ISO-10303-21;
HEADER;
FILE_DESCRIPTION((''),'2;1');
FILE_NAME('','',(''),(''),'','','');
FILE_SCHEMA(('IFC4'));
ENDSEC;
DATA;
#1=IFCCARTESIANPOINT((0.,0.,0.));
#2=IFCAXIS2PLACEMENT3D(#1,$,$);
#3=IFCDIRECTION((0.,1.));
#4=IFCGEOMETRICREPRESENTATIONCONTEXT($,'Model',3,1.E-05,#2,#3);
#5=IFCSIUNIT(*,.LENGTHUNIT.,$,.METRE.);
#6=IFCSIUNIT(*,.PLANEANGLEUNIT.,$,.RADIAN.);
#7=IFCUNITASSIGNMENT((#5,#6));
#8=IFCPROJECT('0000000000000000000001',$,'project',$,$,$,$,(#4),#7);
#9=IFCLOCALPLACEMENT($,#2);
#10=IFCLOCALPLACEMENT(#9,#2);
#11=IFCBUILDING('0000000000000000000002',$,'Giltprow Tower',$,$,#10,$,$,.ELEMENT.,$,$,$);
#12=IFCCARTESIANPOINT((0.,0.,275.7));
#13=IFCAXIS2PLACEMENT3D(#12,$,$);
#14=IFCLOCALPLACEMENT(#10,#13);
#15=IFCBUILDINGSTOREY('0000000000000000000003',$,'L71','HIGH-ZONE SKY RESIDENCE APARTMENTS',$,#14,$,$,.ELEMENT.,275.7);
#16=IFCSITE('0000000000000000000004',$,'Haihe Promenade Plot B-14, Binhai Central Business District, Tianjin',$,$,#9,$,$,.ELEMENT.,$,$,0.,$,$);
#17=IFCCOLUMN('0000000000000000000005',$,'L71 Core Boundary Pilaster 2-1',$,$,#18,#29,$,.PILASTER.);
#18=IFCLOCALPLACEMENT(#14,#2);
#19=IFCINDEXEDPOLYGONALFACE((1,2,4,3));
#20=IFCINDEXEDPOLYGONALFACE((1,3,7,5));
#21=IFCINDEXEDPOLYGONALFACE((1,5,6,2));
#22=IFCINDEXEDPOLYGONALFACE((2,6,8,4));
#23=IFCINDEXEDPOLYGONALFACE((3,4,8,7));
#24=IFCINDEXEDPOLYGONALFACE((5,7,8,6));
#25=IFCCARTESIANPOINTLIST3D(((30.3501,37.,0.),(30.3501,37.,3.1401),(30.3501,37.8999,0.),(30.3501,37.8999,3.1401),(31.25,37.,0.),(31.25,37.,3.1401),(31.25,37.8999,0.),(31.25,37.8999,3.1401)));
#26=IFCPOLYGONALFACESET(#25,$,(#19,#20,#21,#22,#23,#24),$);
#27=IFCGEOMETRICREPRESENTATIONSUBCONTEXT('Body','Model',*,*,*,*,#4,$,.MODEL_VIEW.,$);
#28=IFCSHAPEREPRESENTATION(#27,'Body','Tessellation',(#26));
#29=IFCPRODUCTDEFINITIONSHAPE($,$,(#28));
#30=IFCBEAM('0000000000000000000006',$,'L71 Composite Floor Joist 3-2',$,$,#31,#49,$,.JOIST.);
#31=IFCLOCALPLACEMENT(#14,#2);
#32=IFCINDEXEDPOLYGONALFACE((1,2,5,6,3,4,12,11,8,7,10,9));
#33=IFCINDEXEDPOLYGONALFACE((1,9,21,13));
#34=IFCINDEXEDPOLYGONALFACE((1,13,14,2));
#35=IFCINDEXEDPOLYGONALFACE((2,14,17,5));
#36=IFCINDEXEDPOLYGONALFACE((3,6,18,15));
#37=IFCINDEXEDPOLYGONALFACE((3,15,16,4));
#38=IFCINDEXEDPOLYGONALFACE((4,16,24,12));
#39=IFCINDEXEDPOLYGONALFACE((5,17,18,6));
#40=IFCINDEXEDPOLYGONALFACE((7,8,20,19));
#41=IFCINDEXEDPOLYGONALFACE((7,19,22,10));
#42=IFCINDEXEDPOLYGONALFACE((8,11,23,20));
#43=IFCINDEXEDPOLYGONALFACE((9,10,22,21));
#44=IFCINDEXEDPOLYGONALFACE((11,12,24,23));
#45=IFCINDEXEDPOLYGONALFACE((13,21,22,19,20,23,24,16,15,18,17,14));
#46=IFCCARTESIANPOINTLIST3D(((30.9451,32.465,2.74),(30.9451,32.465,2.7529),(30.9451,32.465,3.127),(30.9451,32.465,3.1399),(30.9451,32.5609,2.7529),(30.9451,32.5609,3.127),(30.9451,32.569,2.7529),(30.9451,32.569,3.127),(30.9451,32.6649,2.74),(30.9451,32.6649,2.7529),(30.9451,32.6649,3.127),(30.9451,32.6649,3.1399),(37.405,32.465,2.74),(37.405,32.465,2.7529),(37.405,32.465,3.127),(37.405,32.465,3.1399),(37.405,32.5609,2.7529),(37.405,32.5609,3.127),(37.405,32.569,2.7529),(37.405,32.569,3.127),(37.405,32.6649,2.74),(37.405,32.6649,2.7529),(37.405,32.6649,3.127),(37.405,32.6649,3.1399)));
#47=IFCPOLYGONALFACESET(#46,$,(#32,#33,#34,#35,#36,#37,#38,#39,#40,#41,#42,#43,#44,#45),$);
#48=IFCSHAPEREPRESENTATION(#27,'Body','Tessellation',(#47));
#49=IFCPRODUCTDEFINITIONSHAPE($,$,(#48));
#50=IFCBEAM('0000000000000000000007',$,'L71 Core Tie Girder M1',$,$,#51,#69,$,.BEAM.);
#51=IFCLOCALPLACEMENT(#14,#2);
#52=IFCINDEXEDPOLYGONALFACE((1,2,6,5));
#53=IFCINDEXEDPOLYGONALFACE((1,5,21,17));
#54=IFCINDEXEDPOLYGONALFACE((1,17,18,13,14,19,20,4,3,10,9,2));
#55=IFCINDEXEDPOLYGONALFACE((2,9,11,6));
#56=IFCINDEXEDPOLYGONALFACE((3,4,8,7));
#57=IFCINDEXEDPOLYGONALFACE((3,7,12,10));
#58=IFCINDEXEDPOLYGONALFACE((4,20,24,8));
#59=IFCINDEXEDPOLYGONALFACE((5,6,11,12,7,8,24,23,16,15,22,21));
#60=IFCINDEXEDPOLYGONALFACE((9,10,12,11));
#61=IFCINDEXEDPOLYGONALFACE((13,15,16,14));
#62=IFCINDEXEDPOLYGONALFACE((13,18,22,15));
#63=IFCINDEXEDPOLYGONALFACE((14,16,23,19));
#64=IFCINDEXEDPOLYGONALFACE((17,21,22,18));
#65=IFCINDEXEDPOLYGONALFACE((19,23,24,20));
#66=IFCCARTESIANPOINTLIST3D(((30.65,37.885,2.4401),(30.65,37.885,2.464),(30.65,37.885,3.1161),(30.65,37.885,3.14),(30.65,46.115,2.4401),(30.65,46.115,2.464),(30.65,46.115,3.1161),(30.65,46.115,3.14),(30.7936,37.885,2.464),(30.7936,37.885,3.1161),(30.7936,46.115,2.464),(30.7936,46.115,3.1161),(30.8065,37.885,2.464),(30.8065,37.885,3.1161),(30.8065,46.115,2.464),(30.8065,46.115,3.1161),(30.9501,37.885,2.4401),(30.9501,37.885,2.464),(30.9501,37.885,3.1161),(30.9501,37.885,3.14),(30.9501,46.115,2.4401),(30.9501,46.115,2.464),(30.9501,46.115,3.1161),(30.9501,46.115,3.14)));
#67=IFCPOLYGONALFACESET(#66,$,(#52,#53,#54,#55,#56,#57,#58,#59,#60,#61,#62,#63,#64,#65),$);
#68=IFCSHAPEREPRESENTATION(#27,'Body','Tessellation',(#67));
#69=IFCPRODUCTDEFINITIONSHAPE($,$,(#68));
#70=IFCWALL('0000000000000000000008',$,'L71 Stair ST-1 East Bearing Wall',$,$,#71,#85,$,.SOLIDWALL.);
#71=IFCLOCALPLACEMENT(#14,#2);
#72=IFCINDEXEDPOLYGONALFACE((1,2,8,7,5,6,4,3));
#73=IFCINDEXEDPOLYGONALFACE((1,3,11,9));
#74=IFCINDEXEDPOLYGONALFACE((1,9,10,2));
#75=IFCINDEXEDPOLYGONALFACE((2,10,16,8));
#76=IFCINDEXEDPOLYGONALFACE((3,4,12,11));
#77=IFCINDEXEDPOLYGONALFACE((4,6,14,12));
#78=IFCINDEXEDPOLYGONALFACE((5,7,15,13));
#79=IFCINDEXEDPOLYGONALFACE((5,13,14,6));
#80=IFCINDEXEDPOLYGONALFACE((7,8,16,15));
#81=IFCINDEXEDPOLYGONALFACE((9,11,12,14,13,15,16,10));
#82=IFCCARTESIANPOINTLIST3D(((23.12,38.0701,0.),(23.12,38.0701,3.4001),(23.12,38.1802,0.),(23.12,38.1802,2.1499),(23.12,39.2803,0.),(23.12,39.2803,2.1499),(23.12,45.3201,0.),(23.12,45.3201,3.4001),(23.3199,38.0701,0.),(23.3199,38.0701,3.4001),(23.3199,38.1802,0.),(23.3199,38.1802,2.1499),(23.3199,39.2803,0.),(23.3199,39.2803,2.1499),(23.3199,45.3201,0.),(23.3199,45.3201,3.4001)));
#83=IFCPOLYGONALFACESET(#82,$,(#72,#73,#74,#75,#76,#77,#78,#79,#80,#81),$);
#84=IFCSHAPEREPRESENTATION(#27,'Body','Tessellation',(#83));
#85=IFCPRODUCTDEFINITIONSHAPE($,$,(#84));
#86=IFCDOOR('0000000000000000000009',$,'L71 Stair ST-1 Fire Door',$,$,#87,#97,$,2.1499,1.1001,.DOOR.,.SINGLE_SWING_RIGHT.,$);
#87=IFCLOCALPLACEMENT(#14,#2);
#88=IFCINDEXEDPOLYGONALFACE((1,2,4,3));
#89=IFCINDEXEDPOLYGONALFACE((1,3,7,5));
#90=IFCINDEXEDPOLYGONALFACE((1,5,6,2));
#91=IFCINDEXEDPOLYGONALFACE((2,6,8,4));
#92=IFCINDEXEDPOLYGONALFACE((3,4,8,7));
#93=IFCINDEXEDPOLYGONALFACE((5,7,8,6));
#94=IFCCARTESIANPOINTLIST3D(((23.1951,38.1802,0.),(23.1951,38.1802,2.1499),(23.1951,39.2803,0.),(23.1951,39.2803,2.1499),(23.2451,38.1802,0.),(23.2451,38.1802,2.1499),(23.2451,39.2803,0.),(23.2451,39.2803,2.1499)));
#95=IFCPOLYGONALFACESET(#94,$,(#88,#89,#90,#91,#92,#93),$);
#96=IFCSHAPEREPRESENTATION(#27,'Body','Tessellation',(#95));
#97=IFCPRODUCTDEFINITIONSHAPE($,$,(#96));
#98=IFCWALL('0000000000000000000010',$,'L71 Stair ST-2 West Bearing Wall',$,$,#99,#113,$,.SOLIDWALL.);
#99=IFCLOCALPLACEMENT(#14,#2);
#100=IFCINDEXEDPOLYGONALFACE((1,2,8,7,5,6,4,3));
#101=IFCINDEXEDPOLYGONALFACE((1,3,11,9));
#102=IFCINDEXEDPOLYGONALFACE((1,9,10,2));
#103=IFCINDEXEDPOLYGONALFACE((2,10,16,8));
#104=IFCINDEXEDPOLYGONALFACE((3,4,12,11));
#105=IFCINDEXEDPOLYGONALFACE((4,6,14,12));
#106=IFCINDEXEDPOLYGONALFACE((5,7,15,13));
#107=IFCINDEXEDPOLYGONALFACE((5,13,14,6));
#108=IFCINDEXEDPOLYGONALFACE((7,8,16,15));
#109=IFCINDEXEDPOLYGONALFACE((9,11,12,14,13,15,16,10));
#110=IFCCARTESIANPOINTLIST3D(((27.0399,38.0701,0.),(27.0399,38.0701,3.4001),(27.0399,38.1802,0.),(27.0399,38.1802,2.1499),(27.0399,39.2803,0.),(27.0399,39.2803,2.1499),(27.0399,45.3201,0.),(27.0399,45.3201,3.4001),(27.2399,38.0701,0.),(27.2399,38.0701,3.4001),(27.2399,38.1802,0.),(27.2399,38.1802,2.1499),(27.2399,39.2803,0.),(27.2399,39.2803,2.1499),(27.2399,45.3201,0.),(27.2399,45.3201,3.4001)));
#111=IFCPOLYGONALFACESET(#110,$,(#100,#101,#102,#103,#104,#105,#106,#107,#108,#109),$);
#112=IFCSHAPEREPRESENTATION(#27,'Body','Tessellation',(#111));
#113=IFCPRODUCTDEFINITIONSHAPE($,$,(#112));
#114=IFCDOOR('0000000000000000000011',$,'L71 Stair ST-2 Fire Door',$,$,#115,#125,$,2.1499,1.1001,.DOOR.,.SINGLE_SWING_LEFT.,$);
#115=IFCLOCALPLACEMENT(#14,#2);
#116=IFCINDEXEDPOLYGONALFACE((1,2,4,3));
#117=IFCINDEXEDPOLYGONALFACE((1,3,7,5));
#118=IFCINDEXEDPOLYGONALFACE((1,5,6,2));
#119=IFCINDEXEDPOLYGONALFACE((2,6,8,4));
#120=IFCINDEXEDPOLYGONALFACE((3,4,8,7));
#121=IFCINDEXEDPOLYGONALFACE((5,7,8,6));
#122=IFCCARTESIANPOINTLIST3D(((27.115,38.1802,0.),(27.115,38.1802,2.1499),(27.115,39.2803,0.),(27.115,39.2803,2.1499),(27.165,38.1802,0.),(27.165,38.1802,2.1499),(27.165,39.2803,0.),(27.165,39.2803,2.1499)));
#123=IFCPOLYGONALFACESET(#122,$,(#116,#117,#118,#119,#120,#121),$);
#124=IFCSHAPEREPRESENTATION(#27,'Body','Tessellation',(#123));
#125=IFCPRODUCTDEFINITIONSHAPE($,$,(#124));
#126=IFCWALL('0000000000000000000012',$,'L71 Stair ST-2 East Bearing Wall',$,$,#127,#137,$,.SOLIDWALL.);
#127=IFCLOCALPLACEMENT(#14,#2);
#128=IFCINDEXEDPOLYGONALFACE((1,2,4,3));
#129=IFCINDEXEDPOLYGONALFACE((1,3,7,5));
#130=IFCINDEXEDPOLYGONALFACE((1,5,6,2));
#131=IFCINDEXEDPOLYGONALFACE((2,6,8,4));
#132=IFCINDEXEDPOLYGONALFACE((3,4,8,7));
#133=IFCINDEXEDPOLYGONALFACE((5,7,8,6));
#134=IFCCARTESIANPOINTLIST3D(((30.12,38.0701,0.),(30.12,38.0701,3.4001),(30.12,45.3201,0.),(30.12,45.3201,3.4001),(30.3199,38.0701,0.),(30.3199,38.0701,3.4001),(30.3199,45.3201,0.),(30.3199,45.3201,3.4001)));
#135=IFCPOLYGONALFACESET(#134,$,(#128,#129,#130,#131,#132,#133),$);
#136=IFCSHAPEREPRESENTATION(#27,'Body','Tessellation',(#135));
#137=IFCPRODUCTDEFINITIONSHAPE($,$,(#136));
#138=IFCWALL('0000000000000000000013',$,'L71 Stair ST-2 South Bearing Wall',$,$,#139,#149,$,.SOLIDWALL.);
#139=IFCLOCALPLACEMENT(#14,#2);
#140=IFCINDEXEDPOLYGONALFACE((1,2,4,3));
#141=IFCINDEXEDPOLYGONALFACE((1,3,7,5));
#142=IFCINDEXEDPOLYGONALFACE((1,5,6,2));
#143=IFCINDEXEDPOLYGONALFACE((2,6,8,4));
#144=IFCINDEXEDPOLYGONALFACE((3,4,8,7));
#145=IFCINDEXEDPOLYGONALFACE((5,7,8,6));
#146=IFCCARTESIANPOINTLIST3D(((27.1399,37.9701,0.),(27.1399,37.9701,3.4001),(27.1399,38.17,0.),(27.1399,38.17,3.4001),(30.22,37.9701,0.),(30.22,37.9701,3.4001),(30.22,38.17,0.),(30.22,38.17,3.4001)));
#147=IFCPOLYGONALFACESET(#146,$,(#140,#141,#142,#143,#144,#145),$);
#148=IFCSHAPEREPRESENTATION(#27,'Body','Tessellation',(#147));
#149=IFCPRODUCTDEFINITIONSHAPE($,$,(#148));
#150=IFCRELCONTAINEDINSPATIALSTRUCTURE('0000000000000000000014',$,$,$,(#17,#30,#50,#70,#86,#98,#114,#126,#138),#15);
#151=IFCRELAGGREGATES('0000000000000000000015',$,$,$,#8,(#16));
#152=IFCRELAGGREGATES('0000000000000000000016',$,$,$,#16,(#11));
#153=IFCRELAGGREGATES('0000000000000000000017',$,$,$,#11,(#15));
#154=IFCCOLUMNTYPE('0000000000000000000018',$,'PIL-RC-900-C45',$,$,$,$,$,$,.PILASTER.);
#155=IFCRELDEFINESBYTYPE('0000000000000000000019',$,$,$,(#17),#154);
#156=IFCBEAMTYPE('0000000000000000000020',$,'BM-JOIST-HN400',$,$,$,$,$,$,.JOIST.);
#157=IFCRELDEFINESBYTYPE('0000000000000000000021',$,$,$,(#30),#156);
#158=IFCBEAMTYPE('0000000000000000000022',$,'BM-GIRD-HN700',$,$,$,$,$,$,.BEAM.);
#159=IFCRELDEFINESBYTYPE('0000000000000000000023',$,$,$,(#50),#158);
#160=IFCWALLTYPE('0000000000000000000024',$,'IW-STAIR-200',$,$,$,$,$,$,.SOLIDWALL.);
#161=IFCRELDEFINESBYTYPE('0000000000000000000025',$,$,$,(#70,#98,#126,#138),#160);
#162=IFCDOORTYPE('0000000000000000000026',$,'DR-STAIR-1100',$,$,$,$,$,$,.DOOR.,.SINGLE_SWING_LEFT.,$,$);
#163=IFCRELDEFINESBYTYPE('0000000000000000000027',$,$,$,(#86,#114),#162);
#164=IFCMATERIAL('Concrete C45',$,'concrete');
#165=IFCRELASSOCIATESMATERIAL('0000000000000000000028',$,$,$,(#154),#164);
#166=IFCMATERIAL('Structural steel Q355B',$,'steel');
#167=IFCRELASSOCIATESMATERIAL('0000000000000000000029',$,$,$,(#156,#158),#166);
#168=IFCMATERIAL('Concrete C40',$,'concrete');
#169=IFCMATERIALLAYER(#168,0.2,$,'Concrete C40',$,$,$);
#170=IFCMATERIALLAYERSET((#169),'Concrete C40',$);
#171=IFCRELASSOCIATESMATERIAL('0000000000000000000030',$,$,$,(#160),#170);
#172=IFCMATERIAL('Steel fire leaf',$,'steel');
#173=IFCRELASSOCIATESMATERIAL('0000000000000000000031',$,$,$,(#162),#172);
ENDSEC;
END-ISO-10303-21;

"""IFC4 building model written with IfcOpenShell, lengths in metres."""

from ifc_helpers import new_model, si_unit, direction, frame, frame_2d, origin, origin_2d, place, context, subcontext, project, spatial, rectangle, i_section, extrude, source, transform, mapped, material, layer, layer_set, material_profile, profile_set, type_object, element, fill, save


model = new_model("IFC4")

# Units and contexts
model_context = context("Model", 3, precision=1e-05, world=origin(), true_north=direction((0.0, 1.0)))
body_context = subcontext(model_context, "Body", "Model", "MODEL_VIEW")
ifc_project = project(units=[si_unit("LENGTHUNIT", "METRE"), si_unit("PLANEANGLEUNIT", "RADIAN")], contexts=[model_context])

# Site, building, storey
site_placement = place(None, origin())
site = spatial("IfcSite", under=ifc_project, at=site_placement, Name="Haihe Promenade Plot B-14, Binhai Central Business District, Tianjin", CompositionType="ELEMENT", RefElevation=0.0)
building_placement = place(site_placement, origin())
building = spatial("IfcBuilding", under=site, at=building_placement, Name="Giltprow Tower", CompositionType="ELEMENT")
storey_placement = place(building_placement, frame((0.0, 0.0, 275.7)))
storey = spatial("IfcBuildingStorey", under=building, at=storey_placement, Name="L71", Description="HIGH-ZONE SKY RESIDENCE APARTMENTS", CompositionType="ELEMENT", Elevation=275.7)

# Column
ifc_material_1 = material(Name="Concrete C45", Category="concrete")
ifc_material_profile_1 = material_profile(ifc_material_1, rectangle(XDim=0.8999, YDim=0.8999, at=origin_2d()), Name="RC 900x900")
ifc_profile_set_1 = profile_set([ifc_material_profile_1], Name="Concrete C45")
column_type = type_object("IfcColumnType", Name="PIL-RC-900-C45", PredefinedType="PILASTER", material=ifc_profile_set_1)
shared_shape_1 = source(origin(), body_context, "Body", "SweptSolid", [
    extrude(rectangle(XDim=0.8999, YDim=0.8999, at=origin_2d()), origin(), (0.0, 0.0, 1.0), 3.1401),
])
column_placement = place(storey_placement, frame((30.8, 37.45, 0.0), z_axis=(0.0, 0.0, 1.0), x_axis=(1.0, 0.0, 0.0)))
element("IfcColumn", 1, at=column_placement, inside=storey, type_object=column_type, Name="L71 Core Boundary Pilaster 2-1", PredefinedType="PILASTER", context=body_context, shape_type="MappedRepresentation", body=[
    mapped(shared_shape_1, transform((0.0, 0.0, 0.0), x_axis=(1.0, 0.0, 0.0), y_axis=(0.0, 1.0, 0.0), z_axis=(0.0, 0.0, 1.0), scale=1.0)),
])

# Beams
ifc_material_2 = material(Name="Structural steel Q355B", Category="steel")
ifc_material_profile_2 = material_profile(ifc_material_2, i_section(OverallWidth=0.2, OverallDepth=0.3999, WebThickness=0.0081, FlangeThickness=0.0129, at=origin_2d()), Name="HN 400x200x8x13")
ifc_profile_set_2 = profile_set([ifc_material_profile_2], Name="Structural steel Q355B")
beam_type_1 = type_object("IfcBeamType", Name="BM-JOIST-HN400", PredefinedType="JOIST", material=ifc_profile_set_2)
shared_shape_2 = source(origin(), body_context, "Body", "SweptSolid", [
    extrude(i_section(OverallWidth=0.2, OverallDepth=0.3999, WebThickness=0.0081, FlangeThickness=0.0129, at=origin_2d()), origin(), (0.0, 0.0, 1.0), 6.46),
])
beam_1_placement = place(storey_placement, frame((30.9451, 32.5649, 2.9399), z_axis=(1.0, 0.0, 0.0), x_axis=(0.0, 1.0, 0.0)))
element("IfcBeam", 2, at=beam_1_placement, inside=storey, type_object=beam_type_1, Name="L71 Composite Floor Joist 3-2", PredefinedType="JOIST", context=body_context, shape_type="MappedRepresentation", body=[
    mapped(shared_shape_2, transform((0.0, 0.0, 0.0), x_axis=(1.0, 0.0, 0.0), y_axis=(0.0, 1.0, 0.0), z_axis=(0.0, 0.0, 1.0), scale=1.0)),
])
ifc_material_profile_3 = material_profile(ifc_material_2, i_section(OverallWidth=0.3, OverallDepth=0.7, WebThickness=0.0129, FlangeThickness=0.0239, at=origin_2d()), Name="HN 700x300x13x24")
ifc_profile_set_3 = profile_set([ifc_material_profile_3], Name="Structural steel Q355B")
beam_type_2 = type_object("IfcBeamType", Name="BM-GIRD-HN700", PredefinedType="BEAM", material=ifc_profile_set_3)
shared_shape_3 = source(origin(), body_context, "Body", "SweptSolid", [
    extrude(i_section(OverallWidth=0.3, OverallDepth=0.7, WebThickness=0.0129, FlangeThickness=0.0239, at=origin_2d()), origin(), (0.0, 0.0, 1.0), 8.23),
])
beam_2_placement = place(storey_placement, frame((30.8, 37.885, 2.79), z_axis=(0.0, 1.0, 0.0), x_axis=(-1.0, 0.0, 0.0)))
element("IfcBeam", 3, at=beam_2_placement, inside=storey, type_object=beam_type_2, Name="L71 Core Tie Girder M1", PredefinedType="BEAM", context=body_context, shape_type="MappedRepresentation", body=[
    mapped(shared_shape_3, transform((0.0, 0.0, 0.0), x_axis=(1.0, 0.0, 0.0), y_axis=(0.0, 1.0, 0.0), z_axis=(0.0, 0.0, 1.0), scale=1.0)),
])

# Walls, openings, doors
ifc_material_3 = material(Name="Concrete C40", Category="concrete")
ifc_layer_1 = layer(ifc_material_3, 0.2, Name="Concrete C40")
ifc_layer_set_1 = layer_set([ifc_layer_1], Name="Concrete C40")
wall_type_1 = type_object("IfcWallType", Name="IW-STAIR-200", PredefinedType="SOLIDWALL", material=ifc_layer_set_1)
wall_1_placement = place(storey_placement, frame((23.22, 38.0701, 0.0), z_axis=(0.0, 0.0, 1.0), x_axis=(0.0, 1.0, 0.0)))
wall_1 = element("IfcWall", 4, at=wall_1_placement, inside=storey, type_object=wall_type_1, Name="L71 Stair ST-1 East Bearing Wall", PredefinedType="SOLIDWALL", context=body_context, shape_type="SweptSolid", body=[
    extrude(rectangle(XDim=7.25, YDim=0.2, at=frame_2d((3.625, 0.0))), origin(), (0.0, 0.0, 1.0), 3.4001),
])
opening_1_placement = place(wall_1_placement, frame((0.1101, 0.0, 0.0)))
opening_1 = element("IfcOpeningElement", 5, at=opening_1_placement, cuts=wall_1, PredefinedType="OPENING", context=body_context, shape_type="SweptSolid", body=[
    extrude(rectangle(XDim=1.1001, YDim=2.1499, at=frame_2d((0.55, 1.075))), frame((0.0, 0.1099, 0.0), z_axis=(0.0, -1.0, 0.0), x_axis=(1.0, 0.0, 0.0)), (0.0, 0.0, 1.0), 0.22),
])
ifc_material_4 = material(Name="Steel fire leaf", Category="steel")
door_type_1 = type_object("IfcDoorType", Name="DR-STAIR-1100", OperationType="SINGLE_SWING_LEFT", PredefinedType="DOOR", material=ifc_material_4)
shared_shape_4 = source(origin(), body_context, "Body", "SweptSolid", [
    extrude(rectangle(XDim=1.1001, YDim=2.1499, at=frame_2d((0.55, 1.075))), frame((0.0, 0.0249, 0.0), z_axis=(0.0, -1.0, 0.0), x_axis=(1.0, 0.0, 0.0)), (0.0, 0.0, 1.0), 0.05),
])
door_1_placement = place(opening_1_placement, origin())
door_1 = element("IfcDoor", 6, at=door_1_placement, inside=storey, type_object=door_type_1, Name="L71 Stair ST-1 Fire Door", OperationType="SINGLE_SWING_RIGHT", OverallHeight=2.1499, OverallWidth=1.1001, PredefinedType="DOOR", context=body_context, shape_type="MappedRepresentation", body=[
    mapped(shared_shape_4, transform((0.0, 0.0, 0.0), x_axis=(1.0, 0.0, 0.0), y_axis=(0.0, 1.0, 0.0), z_axis=(0.0, 0.0, 1.0), scale=1.0)),
])
fill(opening_1, door_1)
wall_2_placement = place(storey_placement, frame((27.1399, 38.0701, 0.0), z_axis=(0.0, 0.0, 1.0), x_axis=(0.0, 1.0, 0.0)))
wall_2 = element("IfcWall", 7, at=wall_2_placement, inside=storey, type_object=wall_type_1, Name="L71 Stair ST-2 West Bearing Wall", PredefinedType="SOLIDWALL", context=body_context, shape_type="SweptSolid", body=[
    extrude(rectangle(XDim=7.25, YDim=0.2, at=frame_2d((3.625, 0.0))), origin(), (0.0, 0.0, 1.0), 3.4001),
])
opening_2_placement = place(wall_2_placement, frame((0.1101, 0.0, 0.0)))
opening_2 = element("IfcOpeningElement", 8, at=opening_2_placement, cuts=wall_2, PredefinedType="OPENING", context=body_context, shape_type="SweptSolid", body=[
    extrude(rectangle(XDim=1.1001, YDim=2.1499, at=frame_2d((0.55, 1.075))), frame((0.0, 0.1099, 0.0), z_axis=(0.0, -1.0, 0.0), x_axis=(1.0, 0.0, 0.0)), (0.0, 0.0, 1.0), 0.22),
])
door_2_placement = place(opening_2_placement, origin())
door_2 = element("IfcDoor", 9, at=door_2_placement, inside=storey, type_object=door_type_1, Name="L71 Stair ST-2 Fire Door", OperationType="SINGLE_SWING_LEFT", OverallHeight=2.1499, OverallWidth=1.1001, PredefinedType="DOOR", context=body_context, shape_type="MappedRepresentation", body=[
    mapped(shared_shape_4, transform((0.0, 0.0, 0.0), x_axis=(1.0, 0.0, 0.0), y_axis=(0.0, 1.0, 0.0), z_axis=(0.0, 0.0, 1.0), scale=1.0)),
])
fill(opening_2, door_2)

# Walls
wall_3_placement = place(storey_placement, frame((30.22, 38.0701, 0.0), z_axis=(0.0, 0.0, 1.0), x_axis=(0.0, 1.0, 0.0)))
element("IfcWall", 10, at=wall_3_placement, inside=storey, type_object=wall_type_1, Name="L71 Stair ST-2 East Bearing Wall", PredefinedType="SOLIDWALL", context=body_context, shape_type="SweptSolid", body=[
    extrude(rectangle(XDim=7.25, YDim=0.2, at=frame_2d((3.625, 0.0))), origin(), (0.0, 0.0, 1.0), 3.4001),
])
wall_4_placement = place(storey_placement, frame((27.1399, 38.0701, 0.0), z_axis=(0.0, 0.0, 1.0), x_axis=(1.0, 0.0, 0.0)))
element("IfcWall", 11, at=wall_4_placement, inside=storey, type_object=wall_type_1, Name="L71 Stair ST-2 South Bearing Wall", PredefinedType="SOLIDWALL", context=body_context, shape_type="SweptSolid", body=[
    extrude(rectangle(XDim=3.0801, YDim=0.2, at=frame_2d((1.54, 0.0))), origin(), (0.0, 0.0, 1.0), 3.4001),
])

save(model, "model.ifc")
